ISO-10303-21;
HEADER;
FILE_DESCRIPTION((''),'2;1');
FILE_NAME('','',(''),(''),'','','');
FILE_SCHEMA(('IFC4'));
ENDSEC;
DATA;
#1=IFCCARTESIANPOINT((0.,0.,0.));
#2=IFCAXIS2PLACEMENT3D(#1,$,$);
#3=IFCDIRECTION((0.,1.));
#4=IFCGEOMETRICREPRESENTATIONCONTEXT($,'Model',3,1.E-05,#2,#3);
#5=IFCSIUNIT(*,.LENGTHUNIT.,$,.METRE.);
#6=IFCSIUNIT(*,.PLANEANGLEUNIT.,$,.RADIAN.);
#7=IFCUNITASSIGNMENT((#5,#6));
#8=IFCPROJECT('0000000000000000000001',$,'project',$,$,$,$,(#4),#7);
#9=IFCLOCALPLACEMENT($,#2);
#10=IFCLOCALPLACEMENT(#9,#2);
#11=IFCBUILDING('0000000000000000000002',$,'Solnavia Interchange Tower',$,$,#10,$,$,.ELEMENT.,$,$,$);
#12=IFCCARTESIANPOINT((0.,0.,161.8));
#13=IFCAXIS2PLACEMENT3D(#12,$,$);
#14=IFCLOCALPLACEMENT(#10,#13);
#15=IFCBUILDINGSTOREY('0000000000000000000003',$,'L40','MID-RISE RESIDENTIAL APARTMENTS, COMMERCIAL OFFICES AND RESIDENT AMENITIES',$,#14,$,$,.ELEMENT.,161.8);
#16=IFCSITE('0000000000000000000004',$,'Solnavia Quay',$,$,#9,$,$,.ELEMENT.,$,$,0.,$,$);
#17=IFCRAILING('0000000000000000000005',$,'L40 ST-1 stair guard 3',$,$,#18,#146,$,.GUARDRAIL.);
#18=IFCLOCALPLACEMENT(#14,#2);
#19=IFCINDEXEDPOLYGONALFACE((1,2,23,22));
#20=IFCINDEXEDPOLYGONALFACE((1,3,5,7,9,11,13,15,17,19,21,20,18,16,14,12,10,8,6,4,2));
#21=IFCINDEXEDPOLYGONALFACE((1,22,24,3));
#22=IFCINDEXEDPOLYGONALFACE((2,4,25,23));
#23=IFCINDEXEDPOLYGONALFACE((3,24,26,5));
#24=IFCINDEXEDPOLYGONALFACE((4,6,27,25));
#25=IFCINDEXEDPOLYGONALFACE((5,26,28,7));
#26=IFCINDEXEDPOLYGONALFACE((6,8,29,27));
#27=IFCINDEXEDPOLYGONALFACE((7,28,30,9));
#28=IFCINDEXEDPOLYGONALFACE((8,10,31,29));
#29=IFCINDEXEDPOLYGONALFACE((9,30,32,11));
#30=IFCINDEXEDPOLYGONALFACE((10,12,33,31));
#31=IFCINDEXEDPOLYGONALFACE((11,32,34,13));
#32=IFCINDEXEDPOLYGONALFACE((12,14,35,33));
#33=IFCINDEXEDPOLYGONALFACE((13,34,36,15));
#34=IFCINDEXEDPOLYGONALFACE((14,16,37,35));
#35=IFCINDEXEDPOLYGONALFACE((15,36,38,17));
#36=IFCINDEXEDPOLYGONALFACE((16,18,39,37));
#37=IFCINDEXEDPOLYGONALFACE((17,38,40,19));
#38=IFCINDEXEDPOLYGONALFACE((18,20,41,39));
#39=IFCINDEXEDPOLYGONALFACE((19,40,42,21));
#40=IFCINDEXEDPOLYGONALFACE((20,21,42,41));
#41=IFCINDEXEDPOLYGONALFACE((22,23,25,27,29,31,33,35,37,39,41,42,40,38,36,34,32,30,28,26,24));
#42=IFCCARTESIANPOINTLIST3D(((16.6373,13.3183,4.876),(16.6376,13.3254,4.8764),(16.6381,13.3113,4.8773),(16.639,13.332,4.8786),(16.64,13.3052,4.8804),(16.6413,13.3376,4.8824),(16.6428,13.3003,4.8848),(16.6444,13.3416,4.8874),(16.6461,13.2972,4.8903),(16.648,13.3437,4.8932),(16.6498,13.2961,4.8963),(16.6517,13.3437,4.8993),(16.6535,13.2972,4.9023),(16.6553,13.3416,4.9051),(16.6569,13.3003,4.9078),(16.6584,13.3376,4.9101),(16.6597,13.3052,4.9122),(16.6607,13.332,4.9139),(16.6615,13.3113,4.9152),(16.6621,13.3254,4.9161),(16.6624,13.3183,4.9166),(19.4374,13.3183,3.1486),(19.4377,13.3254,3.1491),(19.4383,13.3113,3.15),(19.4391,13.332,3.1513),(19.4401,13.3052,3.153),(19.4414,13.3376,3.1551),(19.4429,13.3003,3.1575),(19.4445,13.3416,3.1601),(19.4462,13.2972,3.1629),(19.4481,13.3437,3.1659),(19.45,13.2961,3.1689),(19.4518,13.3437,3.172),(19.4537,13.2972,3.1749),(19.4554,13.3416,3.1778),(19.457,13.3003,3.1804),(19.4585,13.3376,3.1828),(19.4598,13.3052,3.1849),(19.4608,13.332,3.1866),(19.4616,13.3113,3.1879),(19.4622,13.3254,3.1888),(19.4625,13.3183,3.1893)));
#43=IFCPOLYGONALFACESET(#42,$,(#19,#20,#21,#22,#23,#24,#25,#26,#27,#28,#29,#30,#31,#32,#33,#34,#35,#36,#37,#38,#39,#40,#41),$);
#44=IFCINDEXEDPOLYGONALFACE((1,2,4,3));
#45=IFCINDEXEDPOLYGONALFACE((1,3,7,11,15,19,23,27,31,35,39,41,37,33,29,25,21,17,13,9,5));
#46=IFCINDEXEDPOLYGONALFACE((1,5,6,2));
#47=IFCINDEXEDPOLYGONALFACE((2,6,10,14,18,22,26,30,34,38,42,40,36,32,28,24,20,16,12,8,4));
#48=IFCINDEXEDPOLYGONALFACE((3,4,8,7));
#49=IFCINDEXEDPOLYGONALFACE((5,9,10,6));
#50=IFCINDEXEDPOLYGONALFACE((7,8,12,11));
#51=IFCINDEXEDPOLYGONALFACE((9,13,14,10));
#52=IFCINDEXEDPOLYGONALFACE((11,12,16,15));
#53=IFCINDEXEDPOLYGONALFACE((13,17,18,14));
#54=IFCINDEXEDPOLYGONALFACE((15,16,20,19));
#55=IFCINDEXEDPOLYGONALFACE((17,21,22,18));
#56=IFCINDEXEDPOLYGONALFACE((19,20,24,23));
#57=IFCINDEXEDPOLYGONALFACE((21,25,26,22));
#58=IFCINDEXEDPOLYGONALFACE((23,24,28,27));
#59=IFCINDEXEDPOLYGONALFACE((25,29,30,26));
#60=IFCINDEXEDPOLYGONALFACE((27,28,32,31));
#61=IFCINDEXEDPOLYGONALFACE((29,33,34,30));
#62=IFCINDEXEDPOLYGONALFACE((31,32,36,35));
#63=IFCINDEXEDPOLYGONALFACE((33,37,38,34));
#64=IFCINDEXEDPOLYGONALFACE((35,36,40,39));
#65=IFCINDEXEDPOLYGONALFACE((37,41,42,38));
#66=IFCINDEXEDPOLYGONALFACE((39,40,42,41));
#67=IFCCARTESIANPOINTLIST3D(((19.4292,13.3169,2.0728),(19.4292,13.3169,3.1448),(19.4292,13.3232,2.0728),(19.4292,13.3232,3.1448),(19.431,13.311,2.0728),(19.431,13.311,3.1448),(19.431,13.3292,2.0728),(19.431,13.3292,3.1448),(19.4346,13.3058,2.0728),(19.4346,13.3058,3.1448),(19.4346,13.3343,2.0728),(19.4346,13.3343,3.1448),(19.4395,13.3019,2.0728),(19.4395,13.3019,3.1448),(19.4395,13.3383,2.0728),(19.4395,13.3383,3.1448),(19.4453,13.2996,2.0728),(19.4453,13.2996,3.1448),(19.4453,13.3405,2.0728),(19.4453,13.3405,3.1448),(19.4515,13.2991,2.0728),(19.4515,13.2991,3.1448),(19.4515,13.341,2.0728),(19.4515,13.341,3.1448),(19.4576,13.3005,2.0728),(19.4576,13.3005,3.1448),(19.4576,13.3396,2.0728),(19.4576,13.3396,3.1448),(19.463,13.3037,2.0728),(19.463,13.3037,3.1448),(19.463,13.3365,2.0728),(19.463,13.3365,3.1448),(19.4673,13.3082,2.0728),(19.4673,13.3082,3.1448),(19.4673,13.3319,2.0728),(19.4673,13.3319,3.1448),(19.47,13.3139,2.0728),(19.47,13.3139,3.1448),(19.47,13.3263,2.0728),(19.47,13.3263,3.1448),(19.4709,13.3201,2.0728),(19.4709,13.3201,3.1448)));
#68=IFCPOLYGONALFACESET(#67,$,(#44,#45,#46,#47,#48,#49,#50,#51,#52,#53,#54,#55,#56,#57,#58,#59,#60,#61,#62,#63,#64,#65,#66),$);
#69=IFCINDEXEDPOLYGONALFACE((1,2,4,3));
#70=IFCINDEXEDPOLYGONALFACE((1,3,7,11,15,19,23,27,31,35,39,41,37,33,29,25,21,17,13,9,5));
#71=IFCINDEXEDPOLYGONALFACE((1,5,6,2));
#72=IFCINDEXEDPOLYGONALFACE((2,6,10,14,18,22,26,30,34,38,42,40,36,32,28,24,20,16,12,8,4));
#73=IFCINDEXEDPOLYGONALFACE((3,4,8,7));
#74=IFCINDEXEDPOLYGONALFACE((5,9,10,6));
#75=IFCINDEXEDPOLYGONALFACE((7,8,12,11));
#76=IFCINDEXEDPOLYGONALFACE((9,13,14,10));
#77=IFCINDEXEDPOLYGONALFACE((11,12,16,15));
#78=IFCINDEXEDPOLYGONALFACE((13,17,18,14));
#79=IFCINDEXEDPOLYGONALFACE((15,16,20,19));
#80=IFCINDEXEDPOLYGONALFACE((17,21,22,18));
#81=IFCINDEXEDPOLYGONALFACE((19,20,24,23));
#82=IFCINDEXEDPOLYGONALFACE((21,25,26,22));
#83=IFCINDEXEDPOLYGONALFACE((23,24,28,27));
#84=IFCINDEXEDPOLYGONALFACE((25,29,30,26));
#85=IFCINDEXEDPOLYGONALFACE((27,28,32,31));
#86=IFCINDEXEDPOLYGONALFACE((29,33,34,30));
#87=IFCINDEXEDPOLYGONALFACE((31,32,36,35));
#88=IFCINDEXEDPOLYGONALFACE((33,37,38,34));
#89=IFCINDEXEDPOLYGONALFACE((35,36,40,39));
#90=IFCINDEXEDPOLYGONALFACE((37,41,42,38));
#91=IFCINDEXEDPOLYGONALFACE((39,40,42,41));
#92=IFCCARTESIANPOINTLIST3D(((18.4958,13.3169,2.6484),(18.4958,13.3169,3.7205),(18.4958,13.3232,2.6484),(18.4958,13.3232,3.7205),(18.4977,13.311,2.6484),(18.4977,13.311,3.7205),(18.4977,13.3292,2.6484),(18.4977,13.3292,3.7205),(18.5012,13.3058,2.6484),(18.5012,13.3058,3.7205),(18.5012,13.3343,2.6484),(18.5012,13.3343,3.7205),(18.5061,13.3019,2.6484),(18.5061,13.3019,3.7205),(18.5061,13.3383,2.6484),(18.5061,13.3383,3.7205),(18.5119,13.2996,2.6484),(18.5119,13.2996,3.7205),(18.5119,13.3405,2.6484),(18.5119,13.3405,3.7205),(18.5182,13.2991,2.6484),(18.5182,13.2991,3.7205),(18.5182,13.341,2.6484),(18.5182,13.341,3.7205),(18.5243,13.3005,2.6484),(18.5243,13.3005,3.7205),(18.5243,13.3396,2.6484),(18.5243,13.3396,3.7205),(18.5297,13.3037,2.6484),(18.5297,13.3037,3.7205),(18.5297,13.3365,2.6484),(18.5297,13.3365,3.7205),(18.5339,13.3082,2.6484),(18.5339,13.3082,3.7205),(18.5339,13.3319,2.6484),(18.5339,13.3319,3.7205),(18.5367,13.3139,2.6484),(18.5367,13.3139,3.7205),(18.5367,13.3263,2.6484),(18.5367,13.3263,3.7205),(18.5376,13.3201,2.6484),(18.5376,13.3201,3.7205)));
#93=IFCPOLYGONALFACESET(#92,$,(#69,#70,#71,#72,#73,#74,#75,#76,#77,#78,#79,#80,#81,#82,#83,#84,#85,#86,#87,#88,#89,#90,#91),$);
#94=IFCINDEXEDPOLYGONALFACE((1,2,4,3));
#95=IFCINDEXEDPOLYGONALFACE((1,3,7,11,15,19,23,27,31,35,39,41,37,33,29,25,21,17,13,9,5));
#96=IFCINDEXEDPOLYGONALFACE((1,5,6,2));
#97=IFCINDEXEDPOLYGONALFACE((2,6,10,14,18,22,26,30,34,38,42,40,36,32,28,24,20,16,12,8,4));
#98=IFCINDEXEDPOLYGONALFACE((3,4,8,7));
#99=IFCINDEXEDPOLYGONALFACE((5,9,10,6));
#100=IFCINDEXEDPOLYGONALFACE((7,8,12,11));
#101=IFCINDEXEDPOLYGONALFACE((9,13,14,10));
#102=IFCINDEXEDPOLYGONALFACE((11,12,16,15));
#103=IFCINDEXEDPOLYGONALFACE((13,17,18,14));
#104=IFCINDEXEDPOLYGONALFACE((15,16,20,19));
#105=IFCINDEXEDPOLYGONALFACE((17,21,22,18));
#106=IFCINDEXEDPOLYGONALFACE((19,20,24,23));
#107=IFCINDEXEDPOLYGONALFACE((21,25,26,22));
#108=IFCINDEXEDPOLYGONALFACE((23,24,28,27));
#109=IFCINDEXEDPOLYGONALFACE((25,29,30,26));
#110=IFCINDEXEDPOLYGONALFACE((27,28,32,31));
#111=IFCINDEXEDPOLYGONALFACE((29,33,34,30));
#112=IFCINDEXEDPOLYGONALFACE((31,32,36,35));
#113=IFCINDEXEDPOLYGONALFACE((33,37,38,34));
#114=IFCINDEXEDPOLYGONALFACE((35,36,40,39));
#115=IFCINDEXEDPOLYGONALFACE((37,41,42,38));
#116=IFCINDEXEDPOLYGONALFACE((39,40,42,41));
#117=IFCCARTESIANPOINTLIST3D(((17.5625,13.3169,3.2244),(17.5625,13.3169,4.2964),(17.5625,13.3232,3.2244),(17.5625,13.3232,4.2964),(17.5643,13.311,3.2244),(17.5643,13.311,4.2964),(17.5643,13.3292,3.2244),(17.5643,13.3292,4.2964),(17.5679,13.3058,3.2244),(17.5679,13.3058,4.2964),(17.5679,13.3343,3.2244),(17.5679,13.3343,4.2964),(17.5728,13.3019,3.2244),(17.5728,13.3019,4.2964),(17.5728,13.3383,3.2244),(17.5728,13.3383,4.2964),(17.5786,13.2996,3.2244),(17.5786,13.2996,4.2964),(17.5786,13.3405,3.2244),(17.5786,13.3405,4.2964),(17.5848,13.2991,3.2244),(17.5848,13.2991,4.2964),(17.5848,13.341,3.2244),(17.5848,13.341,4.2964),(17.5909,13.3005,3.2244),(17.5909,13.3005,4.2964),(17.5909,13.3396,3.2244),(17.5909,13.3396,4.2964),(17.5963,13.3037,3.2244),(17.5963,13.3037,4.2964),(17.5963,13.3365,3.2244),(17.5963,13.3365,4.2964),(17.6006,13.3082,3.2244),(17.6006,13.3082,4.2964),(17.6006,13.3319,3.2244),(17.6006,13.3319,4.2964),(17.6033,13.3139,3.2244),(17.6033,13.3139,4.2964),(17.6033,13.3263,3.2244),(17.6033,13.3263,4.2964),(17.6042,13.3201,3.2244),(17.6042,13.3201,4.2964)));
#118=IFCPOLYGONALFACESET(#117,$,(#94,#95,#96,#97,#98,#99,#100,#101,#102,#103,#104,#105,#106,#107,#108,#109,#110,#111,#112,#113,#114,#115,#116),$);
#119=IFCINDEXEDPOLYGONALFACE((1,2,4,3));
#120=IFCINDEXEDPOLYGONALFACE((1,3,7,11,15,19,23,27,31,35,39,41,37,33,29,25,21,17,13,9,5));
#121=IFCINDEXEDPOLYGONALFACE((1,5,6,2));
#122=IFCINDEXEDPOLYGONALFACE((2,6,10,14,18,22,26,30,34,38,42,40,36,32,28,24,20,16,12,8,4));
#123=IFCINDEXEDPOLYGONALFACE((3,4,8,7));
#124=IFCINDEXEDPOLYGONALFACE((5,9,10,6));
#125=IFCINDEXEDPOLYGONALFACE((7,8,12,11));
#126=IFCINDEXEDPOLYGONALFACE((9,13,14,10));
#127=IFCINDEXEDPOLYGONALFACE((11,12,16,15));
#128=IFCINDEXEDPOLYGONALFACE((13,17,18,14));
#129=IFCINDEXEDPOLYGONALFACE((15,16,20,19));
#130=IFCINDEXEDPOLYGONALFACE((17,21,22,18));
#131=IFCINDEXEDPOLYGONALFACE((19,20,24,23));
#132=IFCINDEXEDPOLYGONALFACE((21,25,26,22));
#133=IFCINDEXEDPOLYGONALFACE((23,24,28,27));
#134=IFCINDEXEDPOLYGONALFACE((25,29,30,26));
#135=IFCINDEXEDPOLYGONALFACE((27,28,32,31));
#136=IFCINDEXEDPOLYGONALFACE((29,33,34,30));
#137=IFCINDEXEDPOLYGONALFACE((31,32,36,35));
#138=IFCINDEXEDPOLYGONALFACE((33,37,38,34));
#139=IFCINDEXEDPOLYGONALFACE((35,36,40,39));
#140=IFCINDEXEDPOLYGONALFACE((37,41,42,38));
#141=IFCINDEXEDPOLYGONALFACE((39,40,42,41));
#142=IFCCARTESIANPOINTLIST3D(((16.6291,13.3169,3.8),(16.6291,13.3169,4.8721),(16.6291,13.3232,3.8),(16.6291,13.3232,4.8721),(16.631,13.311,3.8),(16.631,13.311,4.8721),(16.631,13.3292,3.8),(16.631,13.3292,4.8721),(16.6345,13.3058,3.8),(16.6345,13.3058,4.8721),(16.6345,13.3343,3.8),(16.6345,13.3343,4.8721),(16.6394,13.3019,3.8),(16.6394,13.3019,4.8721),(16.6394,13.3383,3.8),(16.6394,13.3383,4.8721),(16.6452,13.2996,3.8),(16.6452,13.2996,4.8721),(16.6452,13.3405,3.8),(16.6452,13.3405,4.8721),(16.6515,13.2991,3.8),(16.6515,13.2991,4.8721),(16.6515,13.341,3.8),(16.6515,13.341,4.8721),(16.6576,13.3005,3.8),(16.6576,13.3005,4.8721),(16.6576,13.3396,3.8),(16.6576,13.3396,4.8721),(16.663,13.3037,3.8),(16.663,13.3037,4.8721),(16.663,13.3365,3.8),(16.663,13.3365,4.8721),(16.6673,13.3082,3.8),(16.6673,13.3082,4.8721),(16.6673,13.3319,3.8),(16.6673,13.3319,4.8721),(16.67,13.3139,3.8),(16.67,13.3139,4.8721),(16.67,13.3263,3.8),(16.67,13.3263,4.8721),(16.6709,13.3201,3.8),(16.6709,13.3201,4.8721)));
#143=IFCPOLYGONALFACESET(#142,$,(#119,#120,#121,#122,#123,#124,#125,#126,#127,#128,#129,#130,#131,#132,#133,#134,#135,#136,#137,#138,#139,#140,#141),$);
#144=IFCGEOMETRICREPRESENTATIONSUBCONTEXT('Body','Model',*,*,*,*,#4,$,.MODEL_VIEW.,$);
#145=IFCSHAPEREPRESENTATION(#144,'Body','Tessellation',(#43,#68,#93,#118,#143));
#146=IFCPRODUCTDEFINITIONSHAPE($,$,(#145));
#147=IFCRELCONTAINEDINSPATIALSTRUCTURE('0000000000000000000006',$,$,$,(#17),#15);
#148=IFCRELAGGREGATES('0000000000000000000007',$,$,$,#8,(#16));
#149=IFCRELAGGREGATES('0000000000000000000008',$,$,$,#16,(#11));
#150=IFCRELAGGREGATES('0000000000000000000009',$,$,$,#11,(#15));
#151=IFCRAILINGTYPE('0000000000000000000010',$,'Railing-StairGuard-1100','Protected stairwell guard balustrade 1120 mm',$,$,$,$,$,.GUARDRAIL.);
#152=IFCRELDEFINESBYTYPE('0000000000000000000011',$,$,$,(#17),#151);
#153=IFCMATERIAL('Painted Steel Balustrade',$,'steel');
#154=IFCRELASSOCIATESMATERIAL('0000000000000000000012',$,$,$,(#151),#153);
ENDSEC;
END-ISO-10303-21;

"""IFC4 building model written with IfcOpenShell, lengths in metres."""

from ifc_helpers import new_model, si_unit, direction, frame, origin, origin_2d, place, context, subcontext, project, spatial, circle, extrude, material, type_object, element, save


model = new_model("IFC4")

# Units and contexts
model_context = context("Model", 3, precision=1e-05, world=origin(), true_north=direction((0.0, 1.0)))
body_context = subcontext(model_context, "Body", "Model", "MODEL_VIEW")
ifc_project = project(units=[si_unit("LENGTHUNIT", "METRE"), si_unit("PLANEANGLEUNIT", "RADIAN")], contexts=[model_context])

# Site, building, storey
site_placement = place(None, origin())
site = spatial("IfcSite", under=ifc_project, at=site_placement, Name="Solnavia Quay", CompositionType="ELEMENT", RefElevation=0.0)
building_placement = place(site_placement, origin())
building = spatial("IfcBuilding", under=site, at=building_placement, Name="Solnavia Interchange Tower", CompositionType="ELEMENT")
storey_placement = place(building_placement, frame((0.0, 0.0, 161.8)))
storey = spatial("IfcBuildingStorey", under=building, at=storey_placement, Name="L40", Description="MID-RISE RESIDENTIAL APARTMENTS, COMMERCIAL OFFICES AND RESIDENT AMENITIES", CompositionType="ELEMENT", Elevation=161.8)

# Railing
ifc_material_1 = material(Name="Painted Steel Balustrade", Category="steel")
railing_type_1 = type_object("IfcRailingType", Name="Railing-StairGuard-1100", Description="Protected stairwell guard balustrade 1120 mm", PredefinedType="GUARDRAIL", material=ifc_material_1)
railing_1_placement = place(storey_placement, frame((19.45, 13.3201, 2.0728)))
element("IfcRailing", 1, at=railing_1_placement, inside=storey, type_object=railing_type_1, Name="L40 ST-1 stair guard 3", PredefinedType="GUARDRAIL", context=body_context, shape_type="SweptSolid", body=[
    extrude(circle(Radius=0.0239, at=origin_2d()), frame((0.0, 0.0, 1.0962), z_axis=(-0.85109, 0.0, 0.52502), x_axis=(0.0, -1.0, 0.0)), (0.0, 0.0, 1.0), 3.29),
    extrude(circle(Radius=0.021, at=origin_2d()), origin(), (0.0, 0.0, 1.0), 1.072),
    extrude(circle(Radius=0.021, at=origin_2d()), frame((-0.9333, 0.0, 0.5757)), (0.0, 0.0, 1.0), 1.072),
    extrude(circle(Radius=0.021, at=origin_2d()), frame((-1.8667, 0.0, 1.1516)), (0.0, 0.0, 1.0), 1.072),
    extrude(circle(Radius=0.021, at=origin_2d()), frame((-2.8, 0.0, 1.7273)), (0.0, 0.0, 1.0), 1.072),
])

save(model, "model.ifc")
